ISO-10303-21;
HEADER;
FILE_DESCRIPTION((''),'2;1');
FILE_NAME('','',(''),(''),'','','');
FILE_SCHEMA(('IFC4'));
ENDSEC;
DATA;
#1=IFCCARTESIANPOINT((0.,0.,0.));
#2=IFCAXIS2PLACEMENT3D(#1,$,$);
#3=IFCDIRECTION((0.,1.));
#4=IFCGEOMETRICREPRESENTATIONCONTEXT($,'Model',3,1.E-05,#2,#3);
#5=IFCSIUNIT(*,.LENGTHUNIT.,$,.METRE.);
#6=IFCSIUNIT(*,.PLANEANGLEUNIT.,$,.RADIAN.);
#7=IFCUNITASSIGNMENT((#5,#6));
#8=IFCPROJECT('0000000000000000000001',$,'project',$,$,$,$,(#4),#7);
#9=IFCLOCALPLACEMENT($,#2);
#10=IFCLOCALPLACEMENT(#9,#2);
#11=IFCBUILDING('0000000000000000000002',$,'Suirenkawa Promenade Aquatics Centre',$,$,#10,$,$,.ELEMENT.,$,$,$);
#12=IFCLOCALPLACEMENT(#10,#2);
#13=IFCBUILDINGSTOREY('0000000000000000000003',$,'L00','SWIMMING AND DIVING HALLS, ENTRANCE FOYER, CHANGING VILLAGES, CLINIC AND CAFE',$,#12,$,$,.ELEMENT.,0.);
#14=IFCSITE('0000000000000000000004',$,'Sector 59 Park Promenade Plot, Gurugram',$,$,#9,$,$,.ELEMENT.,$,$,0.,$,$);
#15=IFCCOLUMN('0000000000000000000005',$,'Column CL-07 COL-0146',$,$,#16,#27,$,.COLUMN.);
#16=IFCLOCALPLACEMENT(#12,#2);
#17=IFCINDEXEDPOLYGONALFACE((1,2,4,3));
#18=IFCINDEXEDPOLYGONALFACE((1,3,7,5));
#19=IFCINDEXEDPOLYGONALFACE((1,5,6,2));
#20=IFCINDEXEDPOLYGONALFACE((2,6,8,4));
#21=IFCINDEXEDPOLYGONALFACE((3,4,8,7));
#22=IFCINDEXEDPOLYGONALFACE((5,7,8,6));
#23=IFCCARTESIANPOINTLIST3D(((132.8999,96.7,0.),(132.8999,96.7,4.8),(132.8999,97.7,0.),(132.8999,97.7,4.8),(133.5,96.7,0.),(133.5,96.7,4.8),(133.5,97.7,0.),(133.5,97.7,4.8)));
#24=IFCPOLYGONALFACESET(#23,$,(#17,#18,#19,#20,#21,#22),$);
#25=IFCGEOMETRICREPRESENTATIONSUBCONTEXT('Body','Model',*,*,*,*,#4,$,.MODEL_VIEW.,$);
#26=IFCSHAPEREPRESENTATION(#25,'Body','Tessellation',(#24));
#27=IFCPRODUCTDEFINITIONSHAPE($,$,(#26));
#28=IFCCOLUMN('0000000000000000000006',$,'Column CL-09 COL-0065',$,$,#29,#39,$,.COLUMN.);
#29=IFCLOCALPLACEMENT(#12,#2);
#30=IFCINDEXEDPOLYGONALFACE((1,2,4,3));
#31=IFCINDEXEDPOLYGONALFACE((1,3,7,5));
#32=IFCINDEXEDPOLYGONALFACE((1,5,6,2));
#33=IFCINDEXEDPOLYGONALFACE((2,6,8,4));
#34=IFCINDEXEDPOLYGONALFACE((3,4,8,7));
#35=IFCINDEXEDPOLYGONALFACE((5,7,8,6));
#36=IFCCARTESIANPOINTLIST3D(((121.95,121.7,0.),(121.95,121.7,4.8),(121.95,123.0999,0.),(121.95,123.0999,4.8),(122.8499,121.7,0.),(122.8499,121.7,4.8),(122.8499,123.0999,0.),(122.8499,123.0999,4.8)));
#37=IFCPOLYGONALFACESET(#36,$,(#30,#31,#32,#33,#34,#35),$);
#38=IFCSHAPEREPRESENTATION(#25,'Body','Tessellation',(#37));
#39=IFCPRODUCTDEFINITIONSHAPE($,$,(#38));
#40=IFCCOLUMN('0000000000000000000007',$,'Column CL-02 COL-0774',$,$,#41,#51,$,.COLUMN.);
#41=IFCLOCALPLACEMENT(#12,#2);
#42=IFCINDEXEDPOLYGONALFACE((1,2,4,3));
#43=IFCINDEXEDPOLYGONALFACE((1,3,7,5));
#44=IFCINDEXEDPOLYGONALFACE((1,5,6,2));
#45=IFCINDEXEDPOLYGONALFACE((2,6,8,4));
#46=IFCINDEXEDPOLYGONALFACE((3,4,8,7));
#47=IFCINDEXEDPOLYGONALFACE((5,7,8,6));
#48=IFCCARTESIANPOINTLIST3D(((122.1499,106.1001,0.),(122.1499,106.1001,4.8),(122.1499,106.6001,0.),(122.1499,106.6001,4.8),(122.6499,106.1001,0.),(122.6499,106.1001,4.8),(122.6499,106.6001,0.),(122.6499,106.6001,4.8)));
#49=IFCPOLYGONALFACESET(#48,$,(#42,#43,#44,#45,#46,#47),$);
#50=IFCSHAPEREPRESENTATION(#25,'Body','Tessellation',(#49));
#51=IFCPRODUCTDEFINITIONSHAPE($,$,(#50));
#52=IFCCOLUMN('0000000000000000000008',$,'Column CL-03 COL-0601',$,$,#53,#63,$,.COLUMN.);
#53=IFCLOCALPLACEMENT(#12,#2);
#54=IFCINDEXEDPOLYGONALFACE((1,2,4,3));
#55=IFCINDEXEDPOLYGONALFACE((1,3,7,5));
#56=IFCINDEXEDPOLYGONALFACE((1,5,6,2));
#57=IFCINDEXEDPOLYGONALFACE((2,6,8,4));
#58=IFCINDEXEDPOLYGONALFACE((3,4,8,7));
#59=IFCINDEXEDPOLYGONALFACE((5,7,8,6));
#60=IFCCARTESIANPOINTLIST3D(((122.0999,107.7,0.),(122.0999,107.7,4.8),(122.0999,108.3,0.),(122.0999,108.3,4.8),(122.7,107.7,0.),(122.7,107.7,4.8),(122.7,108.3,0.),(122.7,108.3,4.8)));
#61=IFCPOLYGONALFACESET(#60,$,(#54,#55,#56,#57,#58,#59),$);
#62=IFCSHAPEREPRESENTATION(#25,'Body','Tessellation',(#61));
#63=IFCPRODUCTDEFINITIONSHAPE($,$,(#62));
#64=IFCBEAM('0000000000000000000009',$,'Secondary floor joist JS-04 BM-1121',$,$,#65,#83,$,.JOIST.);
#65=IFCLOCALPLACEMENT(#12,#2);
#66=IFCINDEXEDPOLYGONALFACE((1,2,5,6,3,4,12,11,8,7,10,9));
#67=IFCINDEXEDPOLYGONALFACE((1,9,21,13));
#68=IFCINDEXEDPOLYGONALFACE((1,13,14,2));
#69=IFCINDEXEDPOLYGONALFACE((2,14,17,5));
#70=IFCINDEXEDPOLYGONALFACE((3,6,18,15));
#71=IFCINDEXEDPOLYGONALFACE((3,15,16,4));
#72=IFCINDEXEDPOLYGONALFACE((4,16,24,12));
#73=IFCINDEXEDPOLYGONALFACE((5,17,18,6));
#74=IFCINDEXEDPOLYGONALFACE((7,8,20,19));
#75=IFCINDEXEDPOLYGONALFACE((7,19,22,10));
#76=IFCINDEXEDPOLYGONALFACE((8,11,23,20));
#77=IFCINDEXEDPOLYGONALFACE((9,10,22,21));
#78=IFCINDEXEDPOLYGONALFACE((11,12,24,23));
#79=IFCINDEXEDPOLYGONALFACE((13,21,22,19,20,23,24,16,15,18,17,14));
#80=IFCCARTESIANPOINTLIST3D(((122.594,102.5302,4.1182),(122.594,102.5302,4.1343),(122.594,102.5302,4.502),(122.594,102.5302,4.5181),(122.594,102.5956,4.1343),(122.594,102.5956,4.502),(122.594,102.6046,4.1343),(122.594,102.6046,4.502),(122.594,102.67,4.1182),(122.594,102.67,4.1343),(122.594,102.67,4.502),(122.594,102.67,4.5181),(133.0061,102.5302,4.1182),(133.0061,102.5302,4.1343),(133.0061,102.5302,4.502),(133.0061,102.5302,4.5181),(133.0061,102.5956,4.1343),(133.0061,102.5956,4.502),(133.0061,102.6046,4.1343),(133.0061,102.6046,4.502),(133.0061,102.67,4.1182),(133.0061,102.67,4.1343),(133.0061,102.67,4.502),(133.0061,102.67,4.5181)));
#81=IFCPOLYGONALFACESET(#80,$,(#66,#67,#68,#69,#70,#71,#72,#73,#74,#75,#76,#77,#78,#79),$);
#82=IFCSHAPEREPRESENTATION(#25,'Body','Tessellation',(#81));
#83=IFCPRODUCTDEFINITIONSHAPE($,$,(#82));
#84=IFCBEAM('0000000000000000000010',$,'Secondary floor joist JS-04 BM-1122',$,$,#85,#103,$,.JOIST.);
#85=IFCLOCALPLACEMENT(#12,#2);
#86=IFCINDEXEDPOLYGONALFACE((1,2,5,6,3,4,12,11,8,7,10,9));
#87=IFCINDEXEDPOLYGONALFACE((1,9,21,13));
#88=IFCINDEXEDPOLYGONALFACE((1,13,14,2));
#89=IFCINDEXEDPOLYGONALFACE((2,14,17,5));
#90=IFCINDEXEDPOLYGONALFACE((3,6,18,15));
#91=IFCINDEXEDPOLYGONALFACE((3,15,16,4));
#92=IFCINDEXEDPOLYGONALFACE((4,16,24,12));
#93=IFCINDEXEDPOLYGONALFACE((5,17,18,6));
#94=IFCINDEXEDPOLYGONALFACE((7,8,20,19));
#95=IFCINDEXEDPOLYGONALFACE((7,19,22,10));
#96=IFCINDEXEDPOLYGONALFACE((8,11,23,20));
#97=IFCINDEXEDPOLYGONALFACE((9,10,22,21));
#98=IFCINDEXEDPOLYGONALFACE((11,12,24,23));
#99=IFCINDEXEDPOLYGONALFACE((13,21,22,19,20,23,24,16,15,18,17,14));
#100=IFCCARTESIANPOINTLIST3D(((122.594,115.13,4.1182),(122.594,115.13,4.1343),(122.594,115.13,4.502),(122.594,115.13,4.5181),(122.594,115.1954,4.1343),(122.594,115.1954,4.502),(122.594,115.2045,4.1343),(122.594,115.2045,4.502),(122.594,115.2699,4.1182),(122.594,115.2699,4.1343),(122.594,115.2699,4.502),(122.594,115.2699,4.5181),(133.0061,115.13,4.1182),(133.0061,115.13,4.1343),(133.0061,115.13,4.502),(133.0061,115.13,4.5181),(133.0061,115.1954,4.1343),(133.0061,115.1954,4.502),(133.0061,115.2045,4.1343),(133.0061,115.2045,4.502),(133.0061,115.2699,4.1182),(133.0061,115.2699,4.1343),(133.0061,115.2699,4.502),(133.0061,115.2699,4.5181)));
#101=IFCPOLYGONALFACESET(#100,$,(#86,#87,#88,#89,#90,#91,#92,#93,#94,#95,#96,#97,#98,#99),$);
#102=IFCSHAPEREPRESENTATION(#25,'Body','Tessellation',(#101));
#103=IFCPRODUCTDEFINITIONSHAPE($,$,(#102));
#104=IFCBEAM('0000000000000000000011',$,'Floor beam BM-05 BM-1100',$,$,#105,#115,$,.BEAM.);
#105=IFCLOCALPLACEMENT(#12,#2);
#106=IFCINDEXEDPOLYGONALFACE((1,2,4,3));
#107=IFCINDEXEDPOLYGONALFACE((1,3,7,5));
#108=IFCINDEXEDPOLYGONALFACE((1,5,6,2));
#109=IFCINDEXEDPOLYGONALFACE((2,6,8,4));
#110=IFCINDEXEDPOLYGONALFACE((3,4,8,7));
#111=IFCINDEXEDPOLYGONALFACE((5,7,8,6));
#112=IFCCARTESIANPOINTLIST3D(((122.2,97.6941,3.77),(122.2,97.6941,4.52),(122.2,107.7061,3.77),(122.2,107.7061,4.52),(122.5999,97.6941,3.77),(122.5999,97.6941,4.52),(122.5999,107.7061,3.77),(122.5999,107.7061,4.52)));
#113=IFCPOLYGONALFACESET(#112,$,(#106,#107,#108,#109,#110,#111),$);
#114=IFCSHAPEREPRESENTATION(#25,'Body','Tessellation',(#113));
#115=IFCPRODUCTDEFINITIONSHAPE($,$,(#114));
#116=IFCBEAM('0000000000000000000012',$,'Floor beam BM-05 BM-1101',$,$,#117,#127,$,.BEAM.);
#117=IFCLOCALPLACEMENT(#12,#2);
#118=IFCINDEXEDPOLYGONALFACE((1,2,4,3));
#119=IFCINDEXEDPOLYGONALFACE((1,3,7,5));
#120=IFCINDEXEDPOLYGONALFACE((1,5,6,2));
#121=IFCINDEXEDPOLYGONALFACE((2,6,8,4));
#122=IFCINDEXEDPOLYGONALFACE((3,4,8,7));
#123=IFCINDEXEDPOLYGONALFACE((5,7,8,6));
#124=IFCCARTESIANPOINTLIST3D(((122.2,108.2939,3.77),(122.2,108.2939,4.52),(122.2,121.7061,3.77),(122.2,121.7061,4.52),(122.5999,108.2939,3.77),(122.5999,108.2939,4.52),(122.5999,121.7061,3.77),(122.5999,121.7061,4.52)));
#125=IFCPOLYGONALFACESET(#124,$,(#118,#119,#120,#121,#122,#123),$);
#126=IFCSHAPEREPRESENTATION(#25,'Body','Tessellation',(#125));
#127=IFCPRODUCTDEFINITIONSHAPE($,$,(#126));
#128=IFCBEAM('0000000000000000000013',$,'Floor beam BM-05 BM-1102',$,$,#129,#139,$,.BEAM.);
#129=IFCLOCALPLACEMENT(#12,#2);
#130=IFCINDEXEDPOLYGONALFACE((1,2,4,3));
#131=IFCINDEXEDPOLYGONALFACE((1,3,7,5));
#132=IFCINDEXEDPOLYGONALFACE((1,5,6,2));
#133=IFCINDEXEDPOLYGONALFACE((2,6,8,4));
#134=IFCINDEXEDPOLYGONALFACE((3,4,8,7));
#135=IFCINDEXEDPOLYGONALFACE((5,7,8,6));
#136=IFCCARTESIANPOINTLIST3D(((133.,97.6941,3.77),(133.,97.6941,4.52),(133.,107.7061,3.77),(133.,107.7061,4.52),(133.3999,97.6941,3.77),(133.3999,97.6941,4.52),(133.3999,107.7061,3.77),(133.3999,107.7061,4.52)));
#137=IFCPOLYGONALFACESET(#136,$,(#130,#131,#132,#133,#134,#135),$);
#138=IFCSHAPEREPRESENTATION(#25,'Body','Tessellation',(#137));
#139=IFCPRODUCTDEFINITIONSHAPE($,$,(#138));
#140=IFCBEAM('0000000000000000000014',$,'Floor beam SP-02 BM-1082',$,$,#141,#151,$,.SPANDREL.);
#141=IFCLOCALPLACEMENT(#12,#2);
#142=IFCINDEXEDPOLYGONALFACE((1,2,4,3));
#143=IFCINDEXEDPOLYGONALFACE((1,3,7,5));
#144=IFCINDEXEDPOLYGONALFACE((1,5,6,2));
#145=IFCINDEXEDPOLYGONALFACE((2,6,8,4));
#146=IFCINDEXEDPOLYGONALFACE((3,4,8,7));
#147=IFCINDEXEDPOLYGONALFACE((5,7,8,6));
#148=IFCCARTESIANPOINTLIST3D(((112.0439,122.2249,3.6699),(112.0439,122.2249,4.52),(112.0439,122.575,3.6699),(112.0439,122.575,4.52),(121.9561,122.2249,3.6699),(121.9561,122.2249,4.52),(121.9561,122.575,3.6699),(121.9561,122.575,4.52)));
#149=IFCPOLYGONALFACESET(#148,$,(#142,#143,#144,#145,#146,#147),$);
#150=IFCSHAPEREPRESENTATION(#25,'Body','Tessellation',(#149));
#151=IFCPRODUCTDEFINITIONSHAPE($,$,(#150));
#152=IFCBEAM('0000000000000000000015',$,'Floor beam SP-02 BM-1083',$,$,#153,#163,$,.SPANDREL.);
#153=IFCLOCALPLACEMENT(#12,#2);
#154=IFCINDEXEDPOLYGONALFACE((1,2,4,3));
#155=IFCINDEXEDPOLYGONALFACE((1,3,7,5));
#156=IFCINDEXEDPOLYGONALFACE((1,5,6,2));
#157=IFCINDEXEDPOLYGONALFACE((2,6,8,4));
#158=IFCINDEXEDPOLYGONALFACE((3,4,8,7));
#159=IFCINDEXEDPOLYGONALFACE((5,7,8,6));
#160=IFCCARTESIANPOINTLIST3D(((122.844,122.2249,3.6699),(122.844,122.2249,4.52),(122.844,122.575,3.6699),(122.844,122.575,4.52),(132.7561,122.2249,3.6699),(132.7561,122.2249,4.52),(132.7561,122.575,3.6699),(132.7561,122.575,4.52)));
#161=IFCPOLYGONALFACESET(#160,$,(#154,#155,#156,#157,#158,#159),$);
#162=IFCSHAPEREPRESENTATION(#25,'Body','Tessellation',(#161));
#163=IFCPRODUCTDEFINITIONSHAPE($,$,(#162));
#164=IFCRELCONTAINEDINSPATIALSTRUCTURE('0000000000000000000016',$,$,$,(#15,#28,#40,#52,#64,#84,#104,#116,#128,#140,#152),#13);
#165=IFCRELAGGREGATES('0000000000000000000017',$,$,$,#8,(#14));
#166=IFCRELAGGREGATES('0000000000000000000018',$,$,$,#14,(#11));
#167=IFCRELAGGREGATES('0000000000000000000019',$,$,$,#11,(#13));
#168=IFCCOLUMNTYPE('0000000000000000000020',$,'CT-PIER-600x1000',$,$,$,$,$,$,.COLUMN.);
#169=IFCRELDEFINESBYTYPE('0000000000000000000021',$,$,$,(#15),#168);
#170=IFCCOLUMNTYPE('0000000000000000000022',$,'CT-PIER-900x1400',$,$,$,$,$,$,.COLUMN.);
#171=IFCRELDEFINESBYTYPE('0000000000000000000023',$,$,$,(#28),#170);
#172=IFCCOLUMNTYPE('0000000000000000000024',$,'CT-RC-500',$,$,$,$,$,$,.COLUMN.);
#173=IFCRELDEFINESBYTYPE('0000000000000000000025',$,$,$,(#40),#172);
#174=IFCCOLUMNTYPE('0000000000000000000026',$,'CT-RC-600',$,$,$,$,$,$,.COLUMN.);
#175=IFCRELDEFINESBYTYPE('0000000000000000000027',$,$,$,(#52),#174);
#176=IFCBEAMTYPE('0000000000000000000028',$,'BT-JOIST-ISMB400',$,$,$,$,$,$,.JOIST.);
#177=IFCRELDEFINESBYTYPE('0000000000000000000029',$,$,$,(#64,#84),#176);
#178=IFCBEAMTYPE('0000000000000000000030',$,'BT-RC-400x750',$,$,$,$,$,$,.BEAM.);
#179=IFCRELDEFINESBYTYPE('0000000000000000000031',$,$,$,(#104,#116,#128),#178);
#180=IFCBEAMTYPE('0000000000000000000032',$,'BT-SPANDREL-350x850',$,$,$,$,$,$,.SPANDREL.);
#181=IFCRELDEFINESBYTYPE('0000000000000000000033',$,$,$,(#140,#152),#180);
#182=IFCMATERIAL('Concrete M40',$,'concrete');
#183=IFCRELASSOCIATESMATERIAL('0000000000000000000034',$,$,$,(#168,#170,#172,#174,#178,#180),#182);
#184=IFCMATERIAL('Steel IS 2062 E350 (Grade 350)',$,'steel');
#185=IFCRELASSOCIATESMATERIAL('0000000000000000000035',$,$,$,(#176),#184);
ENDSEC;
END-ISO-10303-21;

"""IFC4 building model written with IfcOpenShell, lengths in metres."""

from ifc_helpers import new_model, si_unit, direction, frame, origin, origin_2d, place, context, subcontext, project, spatial, rectangle, i_section, extrude, material, material_profile, profile_set, type_object, element, save


model = new_model("IFC4")

# Units and contexts
model_context = context("Model", 3, precision=1e-05, world=origin(), true_north=direction((0.0, 1.0)))
body_context = subcontext(model_context, "Body", "Model", "MODEL_VIEW")
ifc_project = project(units=[si_unit("LENGTHUNIT", "METRE"), si_unit("PLANEANGLEUNIT", "RADIAN")], contexts=[model_context])

# Site, building, storey
site_placement = place(None, origin())
site = spatial("IfcSite", under=ifc_project, at=site_placement, Name="Sector 59 Park Promenade Plot, Gurugram", CompositionType="ELEMENT", RefElevation=0.0)
building_placement = place(site_placement, origin())
building = spatial("IfcBuilding", under=site, at=building_placement, Name="Suirenkawa Promenade Aquatics Centre", CompositionType="ELEMENT")
storey_placement = place(building_placement, origin())
storey = spatial("IfcBuildingStorey", under=building, at=storey_placement, Name="L00", Description="SWIMMING AND DIVING HALLS, ENTRANCE FOYER, CHANGING VILLAGES, CLINIC AND CAFE", CompositionType="ELEMENT", Elevation=0.0)

# Columns
ifc_material_1 = material(Name="Concrete M40", Category="concrete")
ifc_material_profile_1 = material_profile(ifc_material_1, rectangle(XDim=0.6001, YDim=1.0, at=origin_2d()), Name="RC PIER 600x1000", Category="concrete")
ifc_profile_set_1 = profile_set([ifc_material_profile_1], Name="Concrete M40")
column_type_1 = type_object("IfcColumnType", Name="CT-PIER-600x1000", PredefinedType="COLUMN", material=ifc_profile_set_1)
column_1_placement = place(storey_placement, frame((133.2, 97.2, 0.0), z_axis=(0.0, 0.0, 1.0), x_axis=(1.0, 0.0, 0.0)))
element("IfcColumn", 1, at=column_1_placement, inside=storey, type_object=column_type_1, Name="Column CL-07 COL-0146", PredefinedType="COLUMN", context=body_context, shape_type="SweptSolid", body=[
    extrude(rectangle(XDim=0.6001, YDim=1.0, at=origin_2d()), origin(), (0.0, 0.0, 1.0), 4.8),
])
ifc_material_profile_2 = material_profile(ifc_material_1, rectangle(XDim=0.8999, YDim=1.3999, at=origin_2d()), Name="RC PIER 900x1400", Category="concrete")
ifc_profile_set_2 = profile_set([ifc_material_profile_2], Name="Concrete M40")
column_type_2 = type_object("IfcColumnType", Name="CT-PIER-900x1400", PredefinedType="COLUMN", material=ifc_profile_set_2)
column_2_placement = place(storey_placement, frame((122.3999, 122.3999, 0.0), z_axis=(0.0, 0.0, 1.0), x_axis=(1.0, 0.0, 0.0)))
element("IfcColumn", 2, at=column_2_placement, inside=storey, type_object=column_type_2, Name="Column CL-09 COL-0065", PredefinedType="COLUMN", context=body_context, shape_type="SweptSolid", body=[
    extrude(rectangle(XDim=0.8999, YDim=1.3999, at=origin_2d()), origin(), (0.0, 0.0, 1.0), 4.8),
])
ifc_material_profile_3 = material_profile(ifc_material_1, rectangle(XDim=0.5, YDim=0.5, at=origin_2d()), Name="RC COL 500x500", Category="concrete")
ifc_profile_set_3 = profile_set([ifc_material_profile_3], Name="Concrete M40")
column_type_3 = type_object("IfcColumnType", Name="CT-RC-500", PredefinedType="COLUMN", material=ifc_profile_set_3)
column_3_placement = place(storey_placement, frame((122.3999, 106.3501, 0.0), z_axis=(0.0, 0.0, 1.0), x_axis=(1.0, 0.0, 0.0)))
element("IfcColumn", 3, at=column_3_placement, inside=storey, type_object=column_type_3, Name="Column CL-02 COL-0774", PredefinedType="COLUMN", context=body_context, shape_type="SweptSolid", body=[
    extrude(rectangle(XDim=0.5, YDim=0.5, at=origin_2d()), origin(), (0.0, 0.0, 1.0), 4.8),
])
ifc_material_profile_4 = material_profile(ifc_material_1, rectangle(XDim=0.6001, YDim=0.6001, at=origin_2d()), Name="RC COL 600x600", Category="concrete")
ifc_profile_set_4 = profile_set([ifc_material_profile_4], Name="Concrete M40")
column_type_4 = type_object("IfcColumnType", Name="CT-RC-600", PredefinedType="COLUMN", material=ifc_profile_set_4)
column_4_placement = place(storey_placement, frame((122.3999, 108.0, 0.0), z_axis=(0.0, 0.0, 1.0), x_axis=(1.0, 0.0, 0.0)))
element("IfcColumn", 4, at=column_4_placement, inside=storey, type_object=column_type_4, Name="Column CL-03 COL-0601", PredefinedType="COLUMN", context=body_context, shape_type="SweptSolid", body=[
    extrude(rectangle(XDim=0.6001, YDim=0.6001, at=origin_2d()), origin(), (0.0, 0.0, 1.0), 4.8),
])

# Beams
ifc_material_2 = material(Name="Steel IS 2062 E350 (Grade 350)", Category="steel")
ifc_material_profile_5 = material_profile(ifc_material_2, i_section(OverallWidth=0.1399, OverallDepth=0.3999, WebThickness=0.009, FlangeThickness=0.0161, at=origin_2d()), Name="ISMB 400", Category="steel")
ifc_profile_set_5 = profile_set([ifc_material_profile_5], Name="Steel IS 2062 E350 (Grade 350)")
beam_type_1 = type_object("IfcBeamType", Name="BT-JOIST-ISMB400", PredefinedType="JOIST", material=ifc_profile_set_5)
for number, where, z_axis, x_axis, name in (
    (5, (122.594, 102.6001, 4.3181), (1.0, 0.0, 0.0), (0.0, 1.0, 0.0), "Secondary floor joist JS-04 BM-1121"),
    (6, (122.594, 115.2, 4.3181), (1.0, 0.0, 0.0), (0.0, 1.0, 0.0), "Secondary floor joist JS-04 BM-1122"),
):
    element("IfcBeam", number, at=place(storey_placement, frame(where, z_axis=z_axis, x_axis=x_axis)), inside=storey, type_object=beam_type_1, Name=name, PredefinedType="JOIST", context=body_context, shape_type="SweptSolid", body=[
        extrude(i_section(OverallWidth=0.1399, OverallDepth=0.3999, WebThickness=0.009, FlangeThickness=0.0161, at=origin_2d()), origin(), (0.0, 0.0, 1.0), 10.4121),
    ])
ifc_material_profile_6 = material_profile(ifc_material_1, rectangle(XDim=0.3999, YDim=0.75, at=origin_2d()), Name="RC BM 400x750", Category="concrete")
ifc_profile_set_6 = profile_set([ifc_material_profile_6], Name="Concrete M40")
beam_type_2 = type_object("IfcBeamType", Name="BT-RC-400x750", PredefinedType="BEAM", material=ifc_profile_set_6)
beam_1_placement = place(storey_placement, frame((122.3999, 97.6941, 4.145), z_axis=(0.0, 1.0, 0.0), x_axis=(-1.0, 0.0, 0.0)))
element("IfcBeam", 7, at=beam_1_placement, inside=storey, type_object=beam_type_2, Name="Floor beam BM-05 BM-1100", PredefinedType="BEAM", context=body_context, shape_type="SweptSolid", body=[
    extrude(rectangle(XDim=0.3999, YDim=0.75, at=origin_2d()), origin(), (0.0, 0.0, 1.0), 10.012),
])
beam_2_placement = place(storey_placement, frame((122.3999, 108.2939, 4.145), z_axis=(0.0, 1.0, 0.0), x_axis=(-1.0, 0.0, 0.0)))
element("IfcBeam", 8, at=beam_2_placement, inside=storey, type_object=beam_type_2, Name="Floor beam BM-05 BM-1101", PredefinedType="BEAM", context=body_context, shape_type="SweptSolid", body=[
    extrude(rectangle(XDim=0.3999, YDim=0.75, at=origin_2d()), origin(), (0.0, 0.0, 1.0), 13.4121),
])
beam_3_placement = place(storey_placement, frame((133.2, 97.6941, 4.145), z_axis=(0.0, 1.0, 0.0), x_axis=(-1.0, 0.0, 0.0)))
element("IfcBeam", 9, at=beam_3_placement, inside=storey, type_object=beam_type_2, Name="Floor beam BM-05 BM-1102", PredefinedType="BEAM", context=body_context, shape_type="SweptSolid", body=[
    extrude(rectangle(XDim=0.3999, YDim=0.75, at=origin_2d()), origin(), (0.0, 0.0, 1.0), 10.012),
])
ifc_material_profile_7 = material_profile(ifc_material_1, rectangle(XDim=0.3501, YDim=0.8501, at=origin_2d()), Name="RC SPANDREL 350x850", Category="concrete")
ifc_profile_set_7 = profile_set([ifc_material_profile_7], Name="Concrete M40")
beam_type_3 = type_object("IfcBeamType", Name="BT-SPANDREL-350x850", PredefinedType="SPANDREL", material=ifc_profile_set_7)
for number, where, z_axis, x_axis, name in (
    (10, (112.0439, 122.3999, 4.095), (1.0, 0.0, 0.0), (0.0, 1.0, 0.0), "Floor beam SP-02 BM-1082"),
    (11, (122.844, 122.3999, 4.095), (1.0, 0.0, 0.0), (0.0, 1.0, 0.0), "Floor beam SP-02 BM-1083"),
):
    element("IfcBeam", number, at=place(storey_placement, frame(where, z_axis=z_axis, x_axis=x_axis)), inside=storey, type_object=beam_type_3, Name=name, PredefinedType="SPANDREL", context=body_context, shape_type="SweptSolid", body=[
        extrude(rectangle(XDim=0.3501, YDim=0.8501, at=origin_2d()), origin(), (0.0, 0.0, 1.0), 9.9121),
    ])

save(model, "model.ifc")
